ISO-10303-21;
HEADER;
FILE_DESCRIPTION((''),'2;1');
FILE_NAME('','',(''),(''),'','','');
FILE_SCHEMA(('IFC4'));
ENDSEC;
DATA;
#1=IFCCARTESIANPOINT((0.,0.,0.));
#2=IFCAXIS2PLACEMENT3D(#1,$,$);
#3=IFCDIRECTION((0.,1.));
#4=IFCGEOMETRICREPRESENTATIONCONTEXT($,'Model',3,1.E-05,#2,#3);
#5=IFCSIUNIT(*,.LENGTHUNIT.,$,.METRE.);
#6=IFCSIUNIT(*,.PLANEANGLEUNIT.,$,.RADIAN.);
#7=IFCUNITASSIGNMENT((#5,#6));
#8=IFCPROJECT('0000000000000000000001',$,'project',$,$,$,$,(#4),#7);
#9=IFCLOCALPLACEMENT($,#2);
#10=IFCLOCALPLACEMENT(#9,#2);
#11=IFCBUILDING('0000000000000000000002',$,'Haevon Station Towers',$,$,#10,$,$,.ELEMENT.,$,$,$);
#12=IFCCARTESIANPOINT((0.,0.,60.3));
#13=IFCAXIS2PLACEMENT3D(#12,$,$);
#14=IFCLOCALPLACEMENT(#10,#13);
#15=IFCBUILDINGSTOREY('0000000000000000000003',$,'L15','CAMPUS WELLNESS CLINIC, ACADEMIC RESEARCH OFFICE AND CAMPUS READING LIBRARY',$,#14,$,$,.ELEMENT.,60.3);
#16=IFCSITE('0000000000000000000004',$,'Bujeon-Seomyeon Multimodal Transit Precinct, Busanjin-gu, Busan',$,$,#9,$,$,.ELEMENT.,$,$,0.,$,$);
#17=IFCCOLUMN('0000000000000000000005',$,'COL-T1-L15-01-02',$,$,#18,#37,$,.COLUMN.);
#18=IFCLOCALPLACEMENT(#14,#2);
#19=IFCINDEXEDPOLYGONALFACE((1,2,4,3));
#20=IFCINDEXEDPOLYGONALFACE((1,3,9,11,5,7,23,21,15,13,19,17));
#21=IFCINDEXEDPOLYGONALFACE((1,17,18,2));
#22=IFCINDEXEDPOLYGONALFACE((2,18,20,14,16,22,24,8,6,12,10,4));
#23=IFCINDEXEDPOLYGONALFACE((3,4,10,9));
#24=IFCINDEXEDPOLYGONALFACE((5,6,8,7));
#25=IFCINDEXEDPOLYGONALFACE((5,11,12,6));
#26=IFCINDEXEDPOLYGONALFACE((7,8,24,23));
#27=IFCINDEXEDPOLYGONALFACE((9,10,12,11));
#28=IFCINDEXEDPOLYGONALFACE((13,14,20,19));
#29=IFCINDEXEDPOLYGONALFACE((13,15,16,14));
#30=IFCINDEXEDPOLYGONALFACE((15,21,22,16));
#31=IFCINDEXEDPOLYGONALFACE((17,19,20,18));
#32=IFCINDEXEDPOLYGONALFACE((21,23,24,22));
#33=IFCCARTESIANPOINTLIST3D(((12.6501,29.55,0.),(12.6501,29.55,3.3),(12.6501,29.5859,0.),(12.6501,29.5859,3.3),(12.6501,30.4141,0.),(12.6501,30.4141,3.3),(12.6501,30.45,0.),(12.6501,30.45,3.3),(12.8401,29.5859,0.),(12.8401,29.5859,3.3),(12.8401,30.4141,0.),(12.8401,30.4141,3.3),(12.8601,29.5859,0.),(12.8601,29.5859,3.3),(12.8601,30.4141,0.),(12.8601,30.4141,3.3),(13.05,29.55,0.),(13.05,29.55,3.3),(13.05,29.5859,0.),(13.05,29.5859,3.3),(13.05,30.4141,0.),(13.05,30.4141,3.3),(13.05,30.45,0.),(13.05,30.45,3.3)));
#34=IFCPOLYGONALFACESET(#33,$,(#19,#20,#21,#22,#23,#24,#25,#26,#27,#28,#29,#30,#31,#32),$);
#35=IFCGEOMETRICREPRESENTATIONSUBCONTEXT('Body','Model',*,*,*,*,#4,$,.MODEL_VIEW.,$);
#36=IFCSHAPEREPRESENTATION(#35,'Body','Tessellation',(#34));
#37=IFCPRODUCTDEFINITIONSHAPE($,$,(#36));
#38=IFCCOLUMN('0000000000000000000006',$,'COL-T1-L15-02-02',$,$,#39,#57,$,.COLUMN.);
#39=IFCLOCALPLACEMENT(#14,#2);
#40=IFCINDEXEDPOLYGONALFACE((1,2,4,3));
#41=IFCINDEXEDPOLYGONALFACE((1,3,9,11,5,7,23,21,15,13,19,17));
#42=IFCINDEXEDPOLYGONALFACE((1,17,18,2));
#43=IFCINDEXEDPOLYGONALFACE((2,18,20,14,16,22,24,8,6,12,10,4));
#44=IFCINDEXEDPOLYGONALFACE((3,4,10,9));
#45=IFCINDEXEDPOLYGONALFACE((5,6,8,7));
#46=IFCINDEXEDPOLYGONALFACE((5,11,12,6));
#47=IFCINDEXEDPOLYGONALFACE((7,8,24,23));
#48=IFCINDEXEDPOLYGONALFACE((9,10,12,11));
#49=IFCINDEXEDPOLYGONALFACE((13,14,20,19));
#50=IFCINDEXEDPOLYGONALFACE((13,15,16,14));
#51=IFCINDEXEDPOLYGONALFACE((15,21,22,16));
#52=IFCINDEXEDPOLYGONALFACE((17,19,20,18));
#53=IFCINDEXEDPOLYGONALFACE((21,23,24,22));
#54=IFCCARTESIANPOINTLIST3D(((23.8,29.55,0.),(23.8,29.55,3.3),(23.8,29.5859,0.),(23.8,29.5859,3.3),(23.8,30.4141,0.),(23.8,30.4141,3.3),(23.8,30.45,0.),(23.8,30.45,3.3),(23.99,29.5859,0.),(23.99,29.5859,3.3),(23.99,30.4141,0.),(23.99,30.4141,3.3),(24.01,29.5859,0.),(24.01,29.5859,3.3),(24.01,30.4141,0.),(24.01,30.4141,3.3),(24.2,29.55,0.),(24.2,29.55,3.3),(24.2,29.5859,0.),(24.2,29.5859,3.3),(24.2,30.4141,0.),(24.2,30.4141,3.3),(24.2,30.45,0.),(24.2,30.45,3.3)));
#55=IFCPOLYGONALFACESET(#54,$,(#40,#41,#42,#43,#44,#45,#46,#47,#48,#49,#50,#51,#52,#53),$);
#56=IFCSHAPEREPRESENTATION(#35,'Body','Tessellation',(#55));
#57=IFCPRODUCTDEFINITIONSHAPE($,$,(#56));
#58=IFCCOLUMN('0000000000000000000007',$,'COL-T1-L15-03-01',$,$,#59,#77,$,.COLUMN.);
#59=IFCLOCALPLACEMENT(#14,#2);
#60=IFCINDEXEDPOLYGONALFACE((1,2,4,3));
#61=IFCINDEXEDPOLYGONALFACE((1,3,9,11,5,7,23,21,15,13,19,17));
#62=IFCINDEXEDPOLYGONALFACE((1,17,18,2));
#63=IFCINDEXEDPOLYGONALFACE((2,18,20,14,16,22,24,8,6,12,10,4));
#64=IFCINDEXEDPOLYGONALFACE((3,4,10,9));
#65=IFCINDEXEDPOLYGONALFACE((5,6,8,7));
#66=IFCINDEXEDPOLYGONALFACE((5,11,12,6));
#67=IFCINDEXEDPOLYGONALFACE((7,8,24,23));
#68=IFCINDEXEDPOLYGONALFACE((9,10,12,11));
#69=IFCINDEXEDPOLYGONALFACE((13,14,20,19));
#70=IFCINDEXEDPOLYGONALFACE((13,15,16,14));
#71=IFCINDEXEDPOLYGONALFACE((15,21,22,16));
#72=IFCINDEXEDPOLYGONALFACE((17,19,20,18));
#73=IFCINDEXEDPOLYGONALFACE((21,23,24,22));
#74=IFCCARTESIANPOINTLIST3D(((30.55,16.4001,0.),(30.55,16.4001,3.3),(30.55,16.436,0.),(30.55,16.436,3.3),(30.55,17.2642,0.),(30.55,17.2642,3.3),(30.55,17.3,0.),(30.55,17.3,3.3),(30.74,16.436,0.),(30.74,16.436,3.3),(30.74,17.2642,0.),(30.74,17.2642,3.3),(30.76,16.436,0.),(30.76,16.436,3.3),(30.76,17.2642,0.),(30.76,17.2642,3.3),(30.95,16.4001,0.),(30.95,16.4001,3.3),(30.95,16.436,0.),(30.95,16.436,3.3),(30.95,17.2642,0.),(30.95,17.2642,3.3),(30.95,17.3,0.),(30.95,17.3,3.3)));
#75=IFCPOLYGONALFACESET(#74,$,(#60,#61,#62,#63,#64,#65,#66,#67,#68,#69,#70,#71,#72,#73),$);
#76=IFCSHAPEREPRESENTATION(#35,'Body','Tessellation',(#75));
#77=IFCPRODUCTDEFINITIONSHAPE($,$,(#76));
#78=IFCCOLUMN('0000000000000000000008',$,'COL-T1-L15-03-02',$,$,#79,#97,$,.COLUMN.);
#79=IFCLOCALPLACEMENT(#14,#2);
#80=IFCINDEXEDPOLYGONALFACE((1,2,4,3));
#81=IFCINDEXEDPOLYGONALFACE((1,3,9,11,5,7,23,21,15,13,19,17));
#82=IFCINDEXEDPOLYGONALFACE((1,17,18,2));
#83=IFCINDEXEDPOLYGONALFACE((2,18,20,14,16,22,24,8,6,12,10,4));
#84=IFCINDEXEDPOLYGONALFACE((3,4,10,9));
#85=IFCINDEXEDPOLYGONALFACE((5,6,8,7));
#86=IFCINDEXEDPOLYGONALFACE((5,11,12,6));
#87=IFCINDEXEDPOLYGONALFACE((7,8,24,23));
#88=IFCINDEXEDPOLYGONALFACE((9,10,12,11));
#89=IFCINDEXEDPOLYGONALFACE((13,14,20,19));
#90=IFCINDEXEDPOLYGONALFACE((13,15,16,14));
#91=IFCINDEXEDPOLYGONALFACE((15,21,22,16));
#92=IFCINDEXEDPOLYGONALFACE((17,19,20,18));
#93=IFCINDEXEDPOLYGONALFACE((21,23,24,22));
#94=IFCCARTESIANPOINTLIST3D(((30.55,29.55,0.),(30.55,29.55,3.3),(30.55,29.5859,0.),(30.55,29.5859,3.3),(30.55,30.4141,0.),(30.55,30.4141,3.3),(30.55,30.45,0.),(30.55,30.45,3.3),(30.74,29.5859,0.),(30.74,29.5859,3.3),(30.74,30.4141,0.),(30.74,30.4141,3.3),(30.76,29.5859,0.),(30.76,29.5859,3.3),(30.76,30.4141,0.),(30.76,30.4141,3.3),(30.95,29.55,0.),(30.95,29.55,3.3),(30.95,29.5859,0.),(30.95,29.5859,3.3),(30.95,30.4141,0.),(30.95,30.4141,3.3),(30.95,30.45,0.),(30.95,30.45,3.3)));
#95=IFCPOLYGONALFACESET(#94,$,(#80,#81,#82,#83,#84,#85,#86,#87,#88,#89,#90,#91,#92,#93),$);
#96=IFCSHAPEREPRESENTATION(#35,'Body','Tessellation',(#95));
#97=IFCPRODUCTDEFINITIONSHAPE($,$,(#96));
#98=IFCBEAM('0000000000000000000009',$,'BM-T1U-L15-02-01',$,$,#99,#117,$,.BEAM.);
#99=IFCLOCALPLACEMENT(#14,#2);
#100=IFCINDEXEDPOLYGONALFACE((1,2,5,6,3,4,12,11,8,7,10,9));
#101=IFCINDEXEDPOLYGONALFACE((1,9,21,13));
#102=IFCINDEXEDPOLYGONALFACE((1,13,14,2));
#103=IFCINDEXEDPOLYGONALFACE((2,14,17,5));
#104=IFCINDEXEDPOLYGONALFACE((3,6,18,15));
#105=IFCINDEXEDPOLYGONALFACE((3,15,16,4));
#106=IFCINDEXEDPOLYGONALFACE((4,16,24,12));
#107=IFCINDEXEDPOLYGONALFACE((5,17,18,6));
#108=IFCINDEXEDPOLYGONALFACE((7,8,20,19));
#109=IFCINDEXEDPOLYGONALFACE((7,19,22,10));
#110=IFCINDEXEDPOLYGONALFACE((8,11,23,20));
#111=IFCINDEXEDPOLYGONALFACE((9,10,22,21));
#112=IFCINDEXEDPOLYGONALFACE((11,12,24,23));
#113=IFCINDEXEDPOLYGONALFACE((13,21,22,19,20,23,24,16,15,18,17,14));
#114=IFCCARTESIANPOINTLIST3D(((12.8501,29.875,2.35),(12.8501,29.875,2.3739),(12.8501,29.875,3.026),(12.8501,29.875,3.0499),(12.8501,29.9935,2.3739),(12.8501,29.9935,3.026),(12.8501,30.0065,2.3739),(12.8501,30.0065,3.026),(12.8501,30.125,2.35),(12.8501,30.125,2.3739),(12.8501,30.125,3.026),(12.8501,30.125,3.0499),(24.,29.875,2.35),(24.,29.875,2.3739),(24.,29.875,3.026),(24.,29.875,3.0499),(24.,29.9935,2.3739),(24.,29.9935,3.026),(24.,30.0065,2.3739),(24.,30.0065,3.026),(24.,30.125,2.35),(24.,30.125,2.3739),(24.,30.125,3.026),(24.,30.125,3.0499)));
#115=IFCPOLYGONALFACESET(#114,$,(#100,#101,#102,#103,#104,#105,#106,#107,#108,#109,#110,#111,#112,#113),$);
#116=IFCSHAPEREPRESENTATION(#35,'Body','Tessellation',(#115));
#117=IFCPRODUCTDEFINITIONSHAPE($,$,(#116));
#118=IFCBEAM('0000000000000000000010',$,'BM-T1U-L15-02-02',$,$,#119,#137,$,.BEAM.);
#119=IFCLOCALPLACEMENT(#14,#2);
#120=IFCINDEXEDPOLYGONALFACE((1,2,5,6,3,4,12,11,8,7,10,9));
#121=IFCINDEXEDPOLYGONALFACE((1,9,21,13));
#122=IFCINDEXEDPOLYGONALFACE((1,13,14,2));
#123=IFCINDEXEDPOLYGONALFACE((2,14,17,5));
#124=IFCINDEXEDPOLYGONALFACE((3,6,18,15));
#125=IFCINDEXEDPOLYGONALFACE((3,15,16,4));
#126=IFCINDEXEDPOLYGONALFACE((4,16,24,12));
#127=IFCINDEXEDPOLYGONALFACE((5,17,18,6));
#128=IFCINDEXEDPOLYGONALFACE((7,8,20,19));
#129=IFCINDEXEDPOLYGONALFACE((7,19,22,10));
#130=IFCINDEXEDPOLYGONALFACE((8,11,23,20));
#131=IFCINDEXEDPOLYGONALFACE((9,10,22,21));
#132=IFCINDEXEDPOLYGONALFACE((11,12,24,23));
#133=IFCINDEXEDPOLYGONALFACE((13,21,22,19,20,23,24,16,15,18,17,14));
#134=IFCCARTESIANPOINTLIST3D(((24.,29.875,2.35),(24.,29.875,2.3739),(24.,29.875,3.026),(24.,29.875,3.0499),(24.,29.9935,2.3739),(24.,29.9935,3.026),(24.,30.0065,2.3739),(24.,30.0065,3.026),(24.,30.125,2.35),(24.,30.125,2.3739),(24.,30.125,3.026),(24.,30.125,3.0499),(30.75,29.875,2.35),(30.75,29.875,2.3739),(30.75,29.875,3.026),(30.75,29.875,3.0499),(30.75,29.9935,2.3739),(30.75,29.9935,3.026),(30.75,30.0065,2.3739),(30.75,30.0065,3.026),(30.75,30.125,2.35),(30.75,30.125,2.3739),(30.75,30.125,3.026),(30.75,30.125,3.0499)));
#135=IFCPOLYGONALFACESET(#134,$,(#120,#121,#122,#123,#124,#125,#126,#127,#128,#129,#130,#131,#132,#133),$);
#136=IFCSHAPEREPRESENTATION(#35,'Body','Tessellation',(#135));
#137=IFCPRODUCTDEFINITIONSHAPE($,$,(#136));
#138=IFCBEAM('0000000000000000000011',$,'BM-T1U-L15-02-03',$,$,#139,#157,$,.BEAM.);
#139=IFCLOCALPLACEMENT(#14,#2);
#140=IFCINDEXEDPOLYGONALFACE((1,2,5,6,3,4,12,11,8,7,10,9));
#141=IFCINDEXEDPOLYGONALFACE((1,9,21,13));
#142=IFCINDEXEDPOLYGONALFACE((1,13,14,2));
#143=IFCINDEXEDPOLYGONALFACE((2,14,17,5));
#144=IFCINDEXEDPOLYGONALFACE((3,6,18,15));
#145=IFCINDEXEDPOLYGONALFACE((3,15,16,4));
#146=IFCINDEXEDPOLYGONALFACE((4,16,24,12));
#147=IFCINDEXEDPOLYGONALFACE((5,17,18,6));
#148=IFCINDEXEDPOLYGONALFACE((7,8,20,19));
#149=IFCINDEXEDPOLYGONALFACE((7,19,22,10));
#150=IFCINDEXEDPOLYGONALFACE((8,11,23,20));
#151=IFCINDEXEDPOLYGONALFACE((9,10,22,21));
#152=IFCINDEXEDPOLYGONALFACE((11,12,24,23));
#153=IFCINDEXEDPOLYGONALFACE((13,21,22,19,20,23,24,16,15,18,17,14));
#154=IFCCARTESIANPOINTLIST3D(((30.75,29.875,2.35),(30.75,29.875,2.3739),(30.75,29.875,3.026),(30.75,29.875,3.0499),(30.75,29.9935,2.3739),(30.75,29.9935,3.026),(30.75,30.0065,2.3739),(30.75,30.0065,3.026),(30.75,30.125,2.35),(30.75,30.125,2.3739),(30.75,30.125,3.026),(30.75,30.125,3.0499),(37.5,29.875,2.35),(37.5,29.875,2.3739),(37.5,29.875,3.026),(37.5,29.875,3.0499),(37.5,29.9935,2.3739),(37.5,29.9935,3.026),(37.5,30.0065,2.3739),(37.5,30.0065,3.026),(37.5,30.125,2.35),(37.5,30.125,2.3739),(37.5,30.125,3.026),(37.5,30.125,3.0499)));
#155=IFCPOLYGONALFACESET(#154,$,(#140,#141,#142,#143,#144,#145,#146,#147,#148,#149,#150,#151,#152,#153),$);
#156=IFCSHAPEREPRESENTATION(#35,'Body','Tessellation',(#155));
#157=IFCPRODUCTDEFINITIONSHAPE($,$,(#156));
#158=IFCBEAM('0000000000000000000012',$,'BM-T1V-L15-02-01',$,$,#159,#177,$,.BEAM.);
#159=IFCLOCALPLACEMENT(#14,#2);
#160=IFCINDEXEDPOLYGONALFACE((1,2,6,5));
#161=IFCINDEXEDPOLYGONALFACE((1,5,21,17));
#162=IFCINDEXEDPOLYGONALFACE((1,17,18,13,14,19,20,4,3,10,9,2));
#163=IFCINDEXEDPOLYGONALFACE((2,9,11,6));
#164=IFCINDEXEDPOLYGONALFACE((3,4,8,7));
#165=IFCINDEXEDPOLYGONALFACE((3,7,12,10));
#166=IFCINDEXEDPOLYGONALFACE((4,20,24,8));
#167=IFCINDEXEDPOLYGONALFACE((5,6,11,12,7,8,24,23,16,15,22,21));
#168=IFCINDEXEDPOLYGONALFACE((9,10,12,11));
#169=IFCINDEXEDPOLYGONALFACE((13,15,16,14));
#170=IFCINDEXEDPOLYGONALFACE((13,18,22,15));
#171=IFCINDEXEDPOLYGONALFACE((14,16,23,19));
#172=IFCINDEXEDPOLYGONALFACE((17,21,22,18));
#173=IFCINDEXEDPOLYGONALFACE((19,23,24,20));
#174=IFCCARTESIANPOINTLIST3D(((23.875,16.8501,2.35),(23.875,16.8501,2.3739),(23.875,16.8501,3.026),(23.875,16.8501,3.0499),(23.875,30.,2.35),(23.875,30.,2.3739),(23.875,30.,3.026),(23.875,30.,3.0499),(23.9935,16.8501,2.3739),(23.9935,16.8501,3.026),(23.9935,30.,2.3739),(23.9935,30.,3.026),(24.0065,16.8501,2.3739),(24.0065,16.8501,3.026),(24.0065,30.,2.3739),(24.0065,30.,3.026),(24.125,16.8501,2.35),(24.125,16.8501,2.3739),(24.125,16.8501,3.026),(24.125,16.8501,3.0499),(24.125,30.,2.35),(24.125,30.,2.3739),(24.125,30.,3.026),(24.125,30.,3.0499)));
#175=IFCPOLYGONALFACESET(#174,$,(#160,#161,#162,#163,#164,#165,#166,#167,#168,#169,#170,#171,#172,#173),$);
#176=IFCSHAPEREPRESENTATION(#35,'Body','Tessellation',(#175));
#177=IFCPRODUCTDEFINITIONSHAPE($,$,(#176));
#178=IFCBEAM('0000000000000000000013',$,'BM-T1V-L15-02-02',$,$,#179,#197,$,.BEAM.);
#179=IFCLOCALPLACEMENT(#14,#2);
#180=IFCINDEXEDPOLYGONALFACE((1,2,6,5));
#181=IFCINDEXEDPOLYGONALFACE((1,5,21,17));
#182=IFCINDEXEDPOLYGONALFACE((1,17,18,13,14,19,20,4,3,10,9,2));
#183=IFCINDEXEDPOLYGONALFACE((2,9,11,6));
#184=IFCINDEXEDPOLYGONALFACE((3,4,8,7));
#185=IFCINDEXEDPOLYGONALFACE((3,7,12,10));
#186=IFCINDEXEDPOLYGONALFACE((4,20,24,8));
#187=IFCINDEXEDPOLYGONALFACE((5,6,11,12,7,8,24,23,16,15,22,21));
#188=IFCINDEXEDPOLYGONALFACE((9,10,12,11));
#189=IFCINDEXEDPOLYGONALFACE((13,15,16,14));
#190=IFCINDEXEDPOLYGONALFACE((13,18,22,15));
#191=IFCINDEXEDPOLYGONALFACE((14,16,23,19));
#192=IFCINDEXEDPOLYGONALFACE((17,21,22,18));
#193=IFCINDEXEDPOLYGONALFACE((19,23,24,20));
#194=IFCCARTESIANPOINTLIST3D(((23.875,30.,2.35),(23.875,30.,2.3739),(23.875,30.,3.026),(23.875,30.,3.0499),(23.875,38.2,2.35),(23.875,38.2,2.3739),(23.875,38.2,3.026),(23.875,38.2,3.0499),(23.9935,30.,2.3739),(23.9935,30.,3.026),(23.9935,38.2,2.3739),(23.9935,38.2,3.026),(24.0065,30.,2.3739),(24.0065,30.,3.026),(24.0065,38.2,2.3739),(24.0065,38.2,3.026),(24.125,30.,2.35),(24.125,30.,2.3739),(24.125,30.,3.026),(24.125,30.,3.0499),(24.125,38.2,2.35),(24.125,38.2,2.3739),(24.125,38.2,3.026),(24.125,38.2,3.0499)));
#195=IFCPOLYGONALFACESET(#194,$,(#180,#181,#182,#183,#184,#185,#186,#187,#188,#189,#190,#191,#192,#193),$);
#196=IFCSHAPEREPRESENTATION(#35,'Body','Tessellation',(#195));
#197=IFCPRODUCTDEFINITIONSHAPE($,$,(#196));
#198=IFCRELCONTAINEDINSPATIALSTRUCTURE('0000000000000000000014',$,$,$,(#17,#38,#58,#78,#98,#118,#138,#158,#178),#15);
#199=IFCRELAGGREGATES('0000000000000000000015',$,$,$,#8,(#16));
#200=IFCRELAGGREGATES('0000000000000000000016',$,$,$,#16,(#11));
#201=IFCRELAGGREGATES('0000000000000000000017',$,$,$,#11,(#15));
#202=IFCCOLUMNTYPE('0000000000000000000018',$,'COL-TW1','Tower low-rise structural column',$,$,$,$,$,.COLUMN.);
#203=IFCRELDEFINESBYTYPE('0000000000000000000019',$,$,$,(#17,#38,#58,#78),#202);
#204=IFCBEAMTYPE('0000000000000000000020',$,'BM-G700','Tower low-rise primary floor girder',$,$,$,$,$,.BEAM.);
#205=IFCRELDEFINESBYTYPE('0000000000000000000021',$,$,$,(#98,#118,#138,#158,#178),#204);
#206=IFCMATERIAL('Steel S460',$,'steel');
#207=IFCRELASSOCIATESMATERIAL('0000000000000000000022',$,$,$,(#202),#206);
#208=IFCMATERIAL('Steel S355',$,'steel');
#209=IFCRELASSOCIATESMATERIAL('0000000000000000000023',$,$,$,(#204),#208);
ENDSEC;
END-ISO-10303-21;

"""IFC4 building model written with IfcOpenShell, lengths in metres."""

from ifc_helpers import new_model, si_unit, direction, frame, origin, origin_2d, place, context, subcontext, project, spatial, i_section, extrude, material, material_profile, profile_set, type_object, element, save


model = new_model("IFC4")

# Units and contexts
model_context = context("Model", 3, precision=1e-05, world=origin(), true_north=direction((0.0, 1.0)))
body_context = subcontext(model_context, "Body", "Model", "MODEL_VIEW")
ifc_project = project(units=[si_unit("LENGTHUNIT", "METRE"), si_unit("PLANEANGLEUNIT", "RADIAN")], contexts=[model_context])

# Site, building, storey
site_placement = place(None, origin())
site = spatial("IfcSite", under=ifc_project, at=site_placement, Name="Bujeon-Seomyeon Multimodal Transit Precinct, Busanjin-gu, Busan", CompositionType="ELEMENT", RefElevation=0.0)
building_placement = place(site_placement, origin())
building = spatial("IfcBuilding", under=site, at=building_placement, Name="Haevon Station Towers", CompositionType="ELEMENT")
storey_placement = place(building_placement, frame((0.0, 0.0, 60.3)))
storey = spatial("IfcBuildingStorey", under=building, at=storey_placement, Name="L15", Description="CAMPUS WELLNESS CLINIC, ACADEMIC RESEARCH OFFICE AND CAMPUS READING LIBRARY", CompositionType="ELEMENT", Elevation=60.3)

# Columns
ifc_material_1 = material(Name="Steel S460", Category="steel")
ifc_material_profile_1 = material_profile(ifc_material_1, i_section(OverallWidth=0.3999, OverallDepth=0.8999, WebThickness=0.02, FlangeThickness=0.0359, at=origin_2d()), Name="H-900x400x20x36")
ifc_profile_set_1 = profile_set([ifc_material_profile_1], Name="Steel S460")
column_type = type_object("IfcColumnType", Name="COL-TW1", Description="Tower low-rise structural column", PredefinedType="COLUMN", material=ifc_profile_set_1)
for number, where, z_axis, x_axis, name in (
    (1, (12.8501, 30.0, 0.0), (0.0, 0.0, 1.0), (1.0, 0.0, 0.0), "COL-T1-L15-01-02"),
    (2, (24.0, 30.0, 0.0), (0.0, 0.0, 1.0), (1.0, 0.0, 0.0), "COL-T1-L15-02-02"),
    (3, (30.75, 16.8501, 0.0), (0.0, 0.0, 1.0), (1.0, 0.0, 0.0), "COL-T1-L15-03-01"),
    (4, (30.75, 30.0, 0.0), (0.0, 0.0, 1.0), (1.0, 0.0, 0.0), "COL-T1-L15-03-02"),
):
    element("IfcColumn", number, at=place(storey_placement, frame(where, z_axis=z_axis, x_axis=x_axis)), inside=storey, type_object=column_type, Name=name, PredefinedType="COLUMN", context=body_context, shape_type="SweptSolid", body=[
        extrude(i_section(OverallWidth=0.3999, OverallDepth=0.8999, WebThickness=0.02, FlangeThickness=0.0359, at=origin_2d()), origin(), (0.0, 0.0, 1.0), 3.3),
    ])

# Beams
ifc_material_2 = material(Name="Steel S355", Category="steel")
ifc_material_profile_2 = material_profile(ifc_material_2, i_section(OverallWidth=0.25, OverallDepth=0.7, WebThickness=0.0129, FlangeThickness=0.0239, at=origin_2d()), Name="H-700x250x13x24")
ifc_profile_set_2 = profile_set([ifc_material_profile_2], Name="Steel S355")
beam_type_1 = type_object("IfcBeamType", Name="BM-G700", Description="Tower low-rise primary floor girder", PredefinedType="BEAM", material=ifc_profile_set_2)
beam_1_placement = place(storey_placement, frame((12.8501, 30.0, 2.7), z_axis=(1.0, 0.0, 0.0), x_axis=(0.0, 1.0, 0.0)))
element("IfcBeam", 5, at=beam_1_placement, inside=storey, type_object=beam_type_1, Name="BM-T1U-L15-02-01", PredefinedType="BEAM", context=body_context, shape_type="SweptSolid", body=[
    extrude(i_section(OverallWidth=0.25, OverallDepth=0.7, WebThickness=0.0129, FlangeThickness=0.0239, at=origin_2d()), origin(), (0.0, 0.0, 1.0), 11.1499),
])
for number, where, z_axis, x_axis, name in (
    (6, (24.0, 30.0, 2.7), (1.0, 0.0, 0.0), (0.0, 1.0, 0.0), "BM-T1U-L15-02-02"),
    (7, (30.75, 30.0, 2.7), (1.0, 0.0, 0.0), (0.0, 1.0, 0.0), "BM-T1U-L15-02-03"),
):
    element("IfcBeam", number, at=place(storey_placement, frame(where, z_axis=z_axis, x_axis=x_axis)), inside=storey, type_object=beam_type_1, Name=name, PredefinedType="BEAM", context=body_context, shape_type="SweptSolid", body=[
        extrude(i_section(OverallWidth=0.25, OverallDepth=0.7, WebThickness=0.0129, FlangeThickness=0.0239, at=origin_2d()), origin(), (0.0, 0.0, 1.0), 6.75),
    ])
beam_2_placement = place(storey_placement, frame((24.0, 16.8501, 2.7), z_axis=(0.0, 1.0, 0.0), x_axis=(-1.0, 0.0, 0.0)))
element("IfcBeam", 8, at=beam_2_placement, inside=storey, type_object=beam_type_1, Name="BM-T1V-L15-02-01", PredefinedType="BEAM", context=body_context, shape_type="SweptSolid", body=[
    extrude(i_section(OverallWidth=0.25, OverallDepth=0.7, WebThickness=0.0129, FlangeThickness=0.0239, at=origin_2d()), origin(), (0.0, 0.0, 1.0), 13.1499),
])
beam_3_placement = place(storey_placement, frame((24.0, 30.0, 2.7), z_axis=(0.0, 1.0, 0.0), x_axis=(-1.0, 0.0, 0.0)))
element("IfcBeam", 9, at=beam_3_placement, inside=storey, type_object=beam_type_1, Name="BM-T1V-L15-02-02", PredefinedType="BEAM", context=body_context, shape_type="SweptSolid", body=[
    extrude(i_section(OverallWidth=0.25, OverallDepth=0.7, WebThickness=0.0129, FlangeThickness=0.0239, at=origin_2d()), origin(), (0.0, 0.0, 1.0), 8.2),
])

save(model, "model.ifc")
